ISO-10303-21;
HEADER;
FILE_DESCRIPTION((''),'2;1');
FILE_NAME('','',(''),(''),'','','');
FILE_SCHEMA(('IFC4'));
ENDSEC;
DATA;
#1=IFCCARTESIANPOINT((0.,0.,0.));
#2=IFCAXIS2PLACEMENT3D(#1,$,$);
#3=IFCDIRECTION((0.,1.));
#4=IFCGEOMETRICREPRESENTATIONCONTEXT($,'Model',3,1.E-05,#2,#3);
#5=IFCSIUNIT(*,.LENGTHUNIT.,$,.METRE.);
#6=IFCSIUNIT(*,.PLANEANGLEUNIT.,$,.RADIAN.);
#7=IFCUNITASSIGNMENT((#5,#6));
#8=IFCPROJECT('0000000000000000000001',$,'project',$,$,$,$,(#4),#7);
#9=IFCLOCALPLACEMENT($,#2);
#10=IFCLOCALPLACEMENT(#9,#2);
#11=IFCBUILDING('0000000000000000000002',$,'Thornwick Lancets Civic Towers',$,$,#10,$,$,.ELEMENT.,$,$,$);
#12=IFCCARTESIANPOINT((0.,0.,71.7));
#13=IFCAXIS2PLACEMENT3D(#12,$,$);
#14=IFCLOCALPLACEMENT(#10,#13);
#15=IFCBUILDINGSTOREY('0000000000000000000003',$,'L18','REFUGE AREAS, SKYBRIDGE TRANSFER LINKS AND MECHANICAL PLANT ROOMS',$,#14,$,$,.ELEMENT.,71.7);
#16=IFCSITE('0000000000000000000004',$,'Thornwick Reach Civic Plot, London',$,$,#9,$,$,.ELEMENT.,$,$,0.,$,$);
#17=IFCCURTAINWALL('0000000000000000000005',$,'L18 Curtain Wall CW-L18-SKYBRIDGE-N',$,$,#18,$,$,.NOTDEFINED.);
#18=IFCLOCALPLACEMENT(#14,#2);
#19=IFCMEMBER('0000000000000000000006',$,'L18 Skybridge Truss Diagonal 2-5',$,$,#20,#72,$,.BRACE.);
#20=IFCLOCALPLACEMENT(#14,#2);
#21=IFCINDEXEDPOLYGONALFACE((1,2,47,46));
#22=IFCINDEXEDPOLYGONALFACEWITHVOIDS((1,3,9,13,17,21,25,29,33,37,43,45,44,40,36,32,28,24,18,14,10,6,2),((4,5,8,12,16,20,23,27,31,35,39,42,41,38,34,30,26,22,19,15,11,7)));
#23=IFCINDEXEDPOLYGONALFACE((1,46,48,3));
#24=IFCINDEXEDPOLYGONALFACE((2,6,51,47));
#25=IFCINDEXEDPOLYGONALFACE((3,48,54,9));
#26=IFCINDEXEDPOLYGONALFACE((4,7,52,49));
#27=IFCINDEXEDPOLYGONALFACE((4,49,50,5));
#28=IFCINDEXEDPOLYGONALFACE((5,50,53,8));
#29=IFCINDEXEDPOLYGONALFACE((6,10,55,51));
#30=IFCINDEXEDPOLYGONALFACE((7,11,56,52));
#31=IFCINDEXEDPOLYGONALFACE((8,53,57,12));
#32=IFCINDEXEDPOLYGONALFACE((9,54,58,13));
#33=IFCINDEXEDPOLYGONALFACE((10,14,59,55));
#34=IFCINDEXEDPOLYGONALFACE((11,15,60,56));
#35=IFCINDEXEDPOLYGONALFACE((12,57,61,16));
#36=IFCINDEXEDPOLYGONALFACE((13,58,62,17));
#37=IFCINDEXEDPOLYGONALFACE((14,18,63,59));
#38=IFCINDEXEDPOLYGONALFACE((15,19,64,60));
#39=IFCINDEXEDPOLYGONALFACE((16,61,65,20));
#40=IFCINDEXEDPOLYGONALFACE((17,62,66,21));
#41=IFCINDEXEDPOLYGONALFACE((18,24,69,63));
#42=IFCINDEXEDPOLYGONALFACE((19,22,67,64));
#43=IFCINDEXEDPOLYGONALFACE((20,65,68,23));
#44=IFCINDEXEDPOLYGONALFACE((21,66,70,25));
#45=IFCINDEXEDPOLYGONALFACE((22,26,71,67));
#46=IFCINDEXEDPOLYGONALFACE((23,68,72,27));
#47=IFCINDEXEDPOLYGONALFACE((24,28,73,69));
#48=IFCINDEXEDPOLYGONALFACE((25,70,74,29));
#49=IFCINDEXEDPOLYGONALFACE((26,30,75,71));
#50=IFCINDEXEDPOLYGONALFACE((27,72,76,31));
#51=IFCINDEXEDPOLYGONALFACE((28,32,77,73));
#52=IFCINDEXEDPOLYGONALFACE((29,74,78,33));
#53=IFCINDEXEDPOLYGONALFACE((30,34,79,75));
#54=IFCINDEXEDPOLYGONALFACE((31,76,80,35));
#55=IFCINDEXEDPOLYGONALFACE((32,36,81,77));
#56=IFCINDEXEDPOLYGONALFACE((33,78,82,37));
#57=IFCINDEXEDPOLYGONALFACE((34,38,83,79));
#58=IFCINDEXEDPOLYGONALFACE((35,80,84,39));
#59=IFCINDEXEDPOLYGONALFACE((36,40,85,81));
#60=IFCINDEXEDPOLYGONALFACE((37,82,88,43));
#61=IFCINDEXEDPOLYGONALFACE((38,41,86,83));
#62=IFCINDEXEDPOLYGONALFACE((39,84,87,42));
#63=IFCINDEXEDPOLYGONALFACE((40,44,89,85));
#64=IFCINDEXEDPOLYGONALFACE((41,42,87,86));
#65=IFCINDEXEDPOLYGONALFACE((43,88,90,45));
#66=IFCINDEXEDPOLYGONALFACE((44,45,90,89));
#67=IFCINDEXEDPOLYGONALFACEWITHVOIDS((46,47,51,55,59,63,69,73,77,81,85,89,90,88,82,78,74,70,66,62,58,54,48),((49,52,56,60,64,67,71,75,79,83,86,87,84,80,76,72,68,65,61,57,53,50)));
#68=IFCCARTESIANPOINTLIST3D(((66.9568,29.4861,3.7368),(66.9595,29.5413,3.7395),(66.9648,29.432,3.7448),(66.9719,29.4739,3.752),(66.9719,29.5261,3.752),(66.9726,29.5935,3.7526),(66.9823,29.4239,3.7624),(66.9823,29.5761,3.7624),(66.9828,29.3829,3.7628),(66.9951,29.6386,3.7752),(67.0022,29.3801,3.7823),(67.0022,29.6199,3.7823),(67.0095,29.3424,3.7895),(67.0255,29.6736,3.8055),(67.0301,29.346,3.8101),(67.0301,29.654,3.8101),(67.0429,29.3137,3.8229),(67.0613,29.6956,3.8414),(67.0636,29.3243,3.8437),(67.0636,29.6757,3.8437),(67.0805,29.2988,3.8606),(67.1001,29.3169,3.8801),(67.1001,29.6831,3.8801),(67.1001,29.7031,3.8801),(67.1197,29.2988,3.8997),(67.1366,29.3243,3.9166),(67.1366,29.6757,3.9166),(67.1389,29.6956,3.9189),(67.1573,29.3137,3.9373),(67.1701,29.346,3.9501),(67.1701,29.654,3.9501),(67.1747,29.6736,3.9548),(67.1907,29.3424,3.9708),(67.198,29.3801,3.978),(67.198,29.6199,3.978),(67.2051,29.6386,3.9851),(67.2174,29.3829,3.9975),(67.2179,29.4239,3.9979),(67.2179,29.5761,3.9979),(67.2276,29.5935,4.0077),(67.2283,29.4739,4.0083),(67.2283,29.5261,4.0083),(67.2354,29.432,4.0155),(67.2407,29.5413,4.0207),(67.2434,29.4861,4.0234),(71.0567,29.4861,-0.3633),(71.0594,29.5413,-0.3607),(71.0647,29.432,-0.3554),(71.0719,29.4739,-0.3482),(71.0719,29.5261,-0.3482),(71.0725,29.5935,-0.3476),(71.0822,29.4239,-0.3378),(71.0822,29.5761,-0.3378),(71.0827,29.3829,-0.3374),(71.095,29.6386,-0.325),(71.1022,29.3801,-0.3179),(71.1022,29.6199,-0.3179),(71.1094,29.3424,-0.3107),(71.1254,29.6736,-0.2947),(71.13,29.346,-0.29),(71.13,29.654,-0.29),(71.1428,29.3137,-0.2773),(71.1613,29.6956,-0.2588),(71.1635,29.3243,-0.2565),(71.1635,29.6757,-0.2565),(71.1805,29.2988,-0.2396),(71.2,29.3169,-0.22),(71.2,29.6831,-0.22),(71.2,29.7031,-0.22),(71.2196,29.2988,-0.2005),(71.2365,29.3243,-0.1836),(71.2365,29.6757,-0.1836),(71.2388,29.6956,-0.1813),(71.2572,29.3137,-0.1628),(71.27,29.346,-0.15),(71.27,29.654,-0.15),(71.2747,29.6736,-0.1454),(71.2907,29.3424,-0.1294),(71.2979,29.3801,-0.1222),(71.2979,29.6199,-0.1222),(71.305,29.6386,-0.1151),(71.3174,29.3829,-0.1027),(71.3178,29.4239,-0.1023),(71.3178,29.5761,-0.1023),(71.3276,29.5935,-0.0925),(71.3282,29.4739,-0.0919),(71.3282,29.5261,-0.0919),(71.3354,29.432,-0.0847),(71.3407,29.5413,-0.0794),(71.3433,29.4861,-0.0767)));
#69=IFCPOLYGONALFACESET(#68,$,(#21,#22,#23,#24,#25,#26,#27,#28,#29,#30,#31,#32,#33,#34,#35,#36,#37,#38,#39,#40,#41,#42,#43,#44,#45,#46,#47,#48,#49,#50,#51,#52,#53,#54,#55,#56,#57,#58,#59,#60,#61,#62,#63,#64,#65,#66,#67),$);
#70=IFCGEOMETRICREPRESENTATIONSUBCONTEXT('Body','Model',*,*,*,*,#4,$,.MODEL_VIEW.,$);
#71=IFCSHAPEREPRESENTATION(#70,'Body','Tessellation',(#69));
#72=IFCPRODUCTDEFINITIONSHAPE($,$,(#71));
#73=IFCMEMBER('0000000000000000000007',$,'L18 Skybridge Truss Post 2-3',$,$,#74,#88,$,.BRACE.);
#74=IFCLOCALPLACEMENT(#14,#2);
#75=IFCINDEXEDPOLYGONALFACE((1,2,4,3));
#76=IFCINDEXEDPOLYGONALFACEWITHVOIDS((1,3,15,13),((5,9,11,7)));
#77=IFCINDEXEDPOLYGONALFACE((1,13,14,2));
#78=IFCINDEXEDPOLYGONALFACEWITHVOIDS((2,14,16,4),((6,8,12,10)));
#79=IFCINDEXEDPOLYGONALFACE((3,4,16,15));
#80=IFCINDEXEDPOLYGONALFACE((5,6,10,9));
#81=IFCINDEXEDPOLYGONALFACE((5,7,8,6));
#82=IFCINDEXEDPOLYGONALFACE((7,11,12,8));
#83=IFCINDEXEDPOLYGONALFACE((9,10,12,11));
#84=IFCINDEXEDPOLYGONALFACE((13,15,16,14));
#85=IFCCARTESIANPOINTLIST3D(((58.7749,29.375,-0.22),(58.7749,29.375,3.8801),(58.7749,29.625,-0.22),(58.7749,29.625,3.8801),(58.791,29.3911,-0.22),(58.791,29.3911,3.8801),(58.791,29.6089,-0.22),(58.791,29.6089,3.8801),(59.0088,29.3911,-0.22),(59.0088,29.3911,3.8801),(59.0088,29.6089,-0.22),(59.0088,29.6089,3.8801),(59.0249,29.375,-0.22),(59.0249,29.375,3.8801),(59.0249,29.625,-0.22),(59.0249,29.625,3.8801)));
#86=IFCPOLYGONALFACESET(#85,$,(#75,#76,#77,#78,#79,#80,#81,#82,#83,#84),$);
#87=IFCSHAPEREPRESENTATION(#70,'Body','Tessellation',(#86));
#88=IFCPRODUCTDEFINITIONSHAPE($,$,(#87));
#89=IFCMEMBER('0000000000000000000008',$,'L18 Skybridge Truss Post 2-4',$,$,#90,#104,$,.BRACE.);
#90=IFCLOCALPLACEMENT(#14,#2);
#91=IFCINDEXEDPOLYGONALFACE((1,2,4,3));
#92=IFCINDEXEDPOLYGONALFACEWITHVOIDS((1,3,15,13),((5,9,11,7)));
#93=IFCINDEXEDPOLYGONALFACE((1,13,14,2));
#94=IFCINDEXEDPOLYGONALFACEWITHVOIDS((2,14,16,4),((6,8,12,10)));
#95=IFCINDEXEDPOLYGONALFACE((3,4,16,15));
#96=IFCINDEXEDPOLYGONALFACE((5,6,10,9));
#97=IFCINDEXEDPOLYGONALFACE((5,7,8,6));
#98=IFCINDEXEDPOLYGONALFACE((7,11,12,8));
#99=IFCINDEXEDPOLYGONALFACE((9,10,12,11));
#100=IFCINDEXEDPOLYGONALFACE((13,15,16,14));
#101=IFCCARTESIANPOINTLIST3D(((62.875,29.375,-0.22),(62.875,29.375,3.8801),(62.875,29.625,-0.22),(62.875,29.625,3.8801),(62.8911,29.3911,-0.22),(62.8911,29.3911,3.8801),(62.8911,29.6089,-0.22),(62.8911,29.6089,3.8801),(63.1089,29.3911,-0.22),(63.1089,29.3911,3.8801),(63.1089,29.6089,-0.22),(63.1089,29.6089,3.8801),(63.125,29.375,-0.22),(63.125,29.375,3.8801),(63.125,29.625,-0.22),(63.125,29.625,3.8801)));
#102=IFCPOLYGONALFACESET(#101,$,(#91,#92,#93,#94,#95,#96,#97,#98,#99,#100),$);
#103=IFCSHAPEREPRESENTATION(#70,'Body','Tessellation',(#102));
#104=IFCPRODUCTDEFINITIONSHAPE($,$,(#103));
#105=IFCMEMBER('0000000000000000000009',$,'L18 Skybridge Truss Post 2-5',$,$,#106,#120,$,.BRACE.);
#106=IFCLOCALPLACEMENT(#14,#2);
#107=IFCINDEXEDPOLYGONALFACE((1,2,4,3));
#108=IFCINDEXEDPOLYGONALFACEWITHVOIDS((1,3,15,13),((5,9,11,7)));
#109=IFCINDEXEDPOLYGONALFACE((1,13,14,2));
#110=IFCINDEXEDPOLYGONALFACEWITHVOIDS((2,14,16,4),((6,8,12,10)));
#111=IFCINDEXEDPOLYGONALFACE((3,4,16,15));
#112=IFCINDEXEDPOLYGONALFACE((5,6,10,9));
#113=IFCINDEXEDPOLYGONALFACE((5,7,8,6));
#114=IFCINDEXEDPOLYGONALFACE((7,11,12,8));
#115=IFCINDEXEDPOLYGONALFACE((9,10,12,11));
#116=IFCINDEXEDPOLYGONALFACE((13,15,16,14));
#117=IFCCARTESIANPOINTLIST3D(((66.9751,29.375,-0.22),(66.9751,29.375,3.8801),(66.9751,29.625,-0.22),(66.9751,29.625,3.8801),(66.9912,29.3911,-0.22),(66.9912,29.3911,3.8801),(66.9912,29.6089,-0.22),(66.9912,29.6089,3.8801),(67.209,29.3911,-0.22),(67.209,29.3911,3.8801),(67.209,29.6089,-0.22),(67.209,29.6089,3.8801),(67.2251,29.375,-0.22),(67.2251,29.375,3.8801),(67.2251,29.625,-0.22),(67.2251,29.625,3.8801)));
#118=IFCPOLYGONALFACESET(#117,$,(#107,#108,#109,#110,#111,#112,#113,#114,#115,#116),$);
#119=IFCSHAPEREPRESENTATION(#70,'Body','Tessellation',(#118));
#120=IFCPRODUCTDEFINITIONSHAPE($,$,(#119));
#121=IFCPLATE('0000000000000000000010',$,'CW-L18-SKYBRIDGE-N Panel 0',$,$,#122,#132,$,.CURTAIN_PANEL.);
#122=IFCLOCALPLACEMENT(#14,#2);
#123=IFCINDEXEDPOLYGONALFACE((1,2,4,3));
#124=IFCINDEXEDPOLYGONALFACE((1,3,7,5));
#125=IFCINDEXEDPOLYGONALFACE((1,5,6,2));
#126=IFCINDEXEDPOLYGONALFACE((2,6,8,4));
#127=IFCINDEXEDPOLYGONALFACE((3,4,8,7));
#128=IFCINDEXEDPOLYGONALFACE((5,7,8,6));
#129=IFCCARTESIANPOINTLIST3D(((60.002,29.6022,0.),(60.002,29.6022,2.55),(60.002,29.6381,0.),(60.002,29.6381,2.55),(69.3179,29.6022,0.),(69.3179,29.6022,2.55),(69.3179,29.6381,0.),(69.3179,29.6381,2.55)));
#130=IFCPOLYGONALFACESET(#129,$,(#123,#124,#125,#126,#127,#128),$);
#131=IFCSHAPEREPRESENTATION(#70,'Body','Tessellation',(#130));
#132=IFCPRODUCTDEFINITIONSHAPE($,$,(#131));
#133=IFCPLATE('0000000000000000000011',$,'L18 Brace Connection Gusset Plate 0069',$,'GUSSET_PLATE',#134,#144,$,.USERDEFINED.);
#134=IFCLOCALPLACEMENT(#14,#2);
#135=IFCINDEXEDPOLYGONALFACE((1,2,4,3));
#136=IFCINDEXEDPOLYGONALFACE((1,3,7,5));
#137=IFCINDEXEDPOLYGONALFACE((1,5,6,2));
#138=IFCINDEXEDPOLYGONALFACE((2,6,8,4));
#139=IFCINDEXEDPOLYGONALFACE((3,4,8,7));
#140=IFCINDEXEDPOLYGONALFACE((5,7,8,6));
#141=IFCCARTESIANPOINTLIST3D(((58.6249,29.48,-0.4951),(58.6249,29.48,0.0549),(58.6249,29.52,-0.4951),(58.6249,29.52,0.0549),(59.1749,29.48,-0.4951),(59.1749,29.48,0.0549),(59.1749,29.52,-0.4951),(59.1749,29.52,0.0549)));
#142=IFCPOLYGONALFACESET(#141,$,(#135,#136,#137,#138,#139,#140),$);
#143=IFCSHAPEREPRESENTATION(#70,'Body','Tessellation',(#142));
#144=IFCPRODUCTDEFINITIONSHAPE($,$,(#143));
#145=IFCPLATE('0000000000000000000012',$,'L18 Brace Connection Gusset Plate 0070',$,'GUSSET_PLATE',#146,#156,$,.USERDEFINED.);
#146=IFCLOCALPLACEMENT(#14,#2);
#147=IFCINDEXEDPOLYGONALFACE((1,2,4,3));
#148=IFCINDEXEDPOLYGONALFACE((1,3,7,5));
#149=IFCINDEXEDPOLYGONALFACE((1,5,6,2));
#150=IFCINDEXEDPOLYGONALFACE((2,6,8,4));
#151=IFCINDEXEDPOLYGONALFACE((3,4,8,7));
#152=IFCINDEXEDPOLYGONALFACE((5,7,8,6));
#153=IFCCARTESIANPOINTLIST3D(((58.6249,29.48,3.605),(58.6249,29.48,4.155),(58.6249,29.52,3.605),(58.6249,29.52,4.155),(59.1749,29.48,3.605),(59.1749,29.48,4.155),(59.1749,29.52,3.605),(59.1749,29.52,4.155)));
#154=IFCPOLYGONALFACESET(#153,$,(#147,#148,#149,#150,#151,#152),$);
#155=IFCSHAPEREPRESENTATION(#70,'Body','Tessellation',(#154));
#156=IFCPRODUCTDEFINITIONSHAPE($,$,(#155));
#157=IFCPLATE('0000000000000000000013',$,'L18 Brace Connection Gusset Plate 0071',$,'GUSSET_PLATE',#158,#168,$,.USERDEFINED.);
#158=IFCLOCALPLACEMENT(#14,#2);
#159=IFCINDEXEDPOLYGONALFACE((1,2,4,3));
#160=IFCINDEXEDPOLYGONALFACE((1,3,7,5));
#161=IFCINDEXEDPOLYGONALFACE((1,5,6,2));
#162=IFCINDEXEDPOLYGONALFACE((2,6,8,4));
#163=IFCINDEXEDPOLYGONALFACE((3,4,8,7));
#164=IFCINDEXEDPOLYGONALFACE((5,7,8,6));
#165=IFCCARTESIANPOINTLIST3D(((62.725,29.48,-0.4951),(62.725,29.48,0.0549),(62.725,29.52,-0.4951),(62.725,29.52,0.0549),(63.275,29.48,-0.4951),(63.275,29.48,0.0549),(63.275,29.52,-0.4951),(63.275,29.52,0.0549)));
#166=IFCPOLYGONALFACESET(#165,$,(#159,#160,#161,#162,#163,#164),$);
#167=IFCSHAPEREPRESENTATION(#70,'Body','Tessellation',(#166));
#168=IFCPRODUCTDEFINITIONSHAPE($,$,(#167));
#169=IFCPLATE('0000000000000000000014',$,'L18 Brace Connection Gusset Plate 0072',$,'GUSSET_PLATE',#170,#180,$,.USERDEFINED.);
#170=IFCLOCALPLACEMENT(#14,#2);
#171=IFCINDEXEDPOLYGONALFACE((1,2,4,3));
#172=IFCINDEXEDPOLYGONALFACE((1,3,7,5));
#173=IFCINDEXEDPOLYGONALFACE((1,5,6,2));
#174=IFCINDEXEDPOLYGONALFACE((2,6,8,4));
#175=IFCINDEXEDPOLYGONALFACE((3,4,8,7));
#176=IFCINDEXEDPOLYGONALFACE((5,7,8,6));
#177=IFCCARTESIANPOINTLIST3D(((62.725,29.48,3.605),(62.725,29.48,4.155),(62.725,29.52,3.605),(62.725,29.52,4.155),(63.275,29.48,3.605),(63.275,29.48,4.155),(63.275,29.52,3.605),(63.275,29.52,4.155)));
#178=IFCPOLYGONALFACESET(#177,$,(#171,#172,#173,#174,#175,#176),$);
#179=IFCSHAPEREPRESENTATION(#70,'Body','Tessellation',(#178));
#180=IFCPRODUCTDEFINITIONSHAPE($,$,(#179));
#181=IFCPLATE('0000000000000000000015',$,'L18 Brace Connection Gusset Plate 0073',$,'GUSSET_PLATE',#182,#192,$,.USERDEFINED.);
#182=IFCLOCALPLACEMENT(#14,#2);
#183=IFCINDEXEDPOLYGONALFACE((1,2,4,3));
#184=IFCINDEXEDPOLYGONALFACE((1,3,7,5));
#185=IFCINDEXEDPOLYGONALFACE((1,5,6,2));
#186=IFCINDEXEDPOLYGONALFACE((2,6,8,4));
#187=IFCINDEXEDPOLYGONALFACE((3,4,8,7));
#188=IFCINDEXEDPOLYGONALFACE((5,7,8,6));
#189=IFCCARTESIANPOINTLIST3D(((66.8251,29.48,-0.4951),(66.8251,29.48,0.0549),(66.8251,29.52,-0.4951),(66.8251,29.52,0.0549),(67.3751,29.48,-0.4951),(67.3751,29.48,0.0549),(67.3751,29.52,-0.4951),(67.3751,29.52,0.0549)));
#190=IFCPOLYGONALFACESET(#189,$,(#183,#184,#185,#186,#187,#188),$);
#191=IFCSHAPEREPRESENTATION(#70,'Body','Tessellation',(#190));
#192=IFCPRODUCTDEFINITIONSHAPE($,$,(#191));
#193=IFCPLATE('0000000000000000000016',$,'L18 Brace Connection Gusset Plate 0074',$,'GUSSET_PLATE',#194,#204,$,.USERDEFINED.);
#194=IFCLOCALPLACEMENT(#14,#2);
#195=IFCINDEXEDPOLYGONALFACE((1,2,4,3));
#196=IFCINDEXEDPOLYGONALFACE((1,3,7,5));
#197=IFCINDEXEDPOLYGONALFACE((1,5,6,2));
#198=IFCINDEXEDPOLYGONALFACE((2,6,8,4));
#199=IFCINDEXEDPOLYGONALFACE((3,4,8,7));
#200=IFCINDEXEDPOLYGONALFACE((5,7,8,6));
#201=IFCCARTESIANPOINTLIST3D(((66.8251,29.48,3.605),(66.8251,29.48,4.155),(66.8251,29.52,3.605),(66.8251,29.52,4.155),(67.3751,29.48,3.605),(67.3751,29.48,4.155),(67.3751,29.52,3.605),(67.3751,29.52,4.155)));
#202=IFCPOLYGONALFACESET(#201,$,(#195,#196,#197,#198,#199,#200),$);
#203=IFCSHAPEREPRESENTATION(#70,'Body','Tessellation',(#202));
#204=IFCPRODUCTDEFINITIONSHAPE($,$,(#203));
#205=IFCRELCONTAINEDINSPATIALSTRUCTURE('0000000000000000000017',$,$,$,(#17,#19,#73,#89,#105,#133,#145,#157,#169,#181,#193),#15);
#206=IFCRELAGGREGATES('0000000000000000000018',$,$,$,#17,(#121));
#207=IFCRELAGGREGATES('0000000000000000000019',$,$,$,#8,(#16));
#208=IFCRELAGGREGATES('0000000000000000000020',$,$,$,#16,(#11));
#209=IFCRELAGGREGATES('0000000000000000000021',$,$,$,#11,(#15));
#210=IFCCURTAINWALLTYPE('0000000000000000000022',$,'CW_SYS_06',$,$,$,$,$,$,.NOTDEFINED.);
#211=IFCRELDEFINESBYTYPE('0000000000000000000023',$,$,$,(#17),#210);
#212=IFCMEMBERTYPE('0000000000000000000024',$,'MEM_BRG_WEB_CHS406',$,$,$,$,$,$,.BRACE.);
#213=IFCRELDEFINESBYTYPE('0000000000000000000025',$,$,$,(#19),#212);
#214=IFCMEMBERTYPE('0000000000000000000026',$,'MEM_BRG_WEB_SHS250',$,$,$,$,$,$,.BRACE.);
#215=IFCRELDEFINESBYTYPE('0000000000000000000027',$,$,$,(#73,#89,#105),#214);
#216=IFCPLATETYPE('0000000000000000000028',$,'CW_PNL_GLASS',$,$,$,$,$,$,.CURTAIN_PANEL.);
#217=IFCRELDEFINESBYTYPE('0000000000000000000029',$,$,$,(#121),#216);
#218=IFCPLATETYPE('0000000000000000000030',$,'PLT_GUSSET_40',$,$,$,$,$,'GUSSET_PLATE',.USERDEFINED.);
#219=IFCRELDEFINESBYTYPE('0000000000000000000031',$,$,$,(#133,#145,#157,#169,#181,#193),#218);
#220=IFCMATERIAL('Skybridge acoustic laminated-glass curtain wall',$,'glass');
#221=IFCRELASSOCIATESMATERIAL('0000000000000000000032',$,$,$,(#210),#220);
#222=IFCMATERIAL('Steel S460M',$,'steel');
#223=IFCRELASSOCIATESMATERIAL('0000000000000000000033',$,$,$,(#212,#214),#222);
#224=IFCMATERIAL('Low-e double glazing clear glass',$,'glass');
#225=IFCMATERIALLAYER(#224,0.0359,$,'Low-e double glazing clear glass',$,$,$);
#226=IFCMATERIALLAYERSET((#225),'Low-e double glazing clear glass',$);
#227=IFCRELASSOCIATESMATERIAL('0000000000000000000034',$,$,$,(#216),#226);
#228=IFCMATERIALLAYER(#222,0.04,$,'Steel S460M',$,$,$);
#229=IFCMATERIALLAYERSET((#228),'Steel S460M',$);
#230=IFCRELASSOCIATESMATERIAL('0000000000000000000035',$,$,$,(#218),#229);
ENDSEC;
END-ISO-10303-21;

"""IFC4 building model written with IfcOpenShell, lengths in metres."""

from ifc_helpers import new_model, si_unit, direction, frame, origin, origin_2d, place, context, subcontext, project, spatial, rectangle, hollow_rectangle, hollow_circle, extrude, material, layer, layer_set, material_profile, profile_set, type_object, element, aggregate, save


model = new_model("IFC4")

# Units and contexts
model_context = context("Model", 3, precision=1e-05, world=origin(), true_north=direction((0.0, 1.0)))
body_context = subcontext(model_context, "Body", "Model", "MODEL_VIEW")
ifc_project = project(units=[si_unit("LENGTHUNIT", "METRE"), si_unit("PLANEANGLEUNIT", "RADIAN")], contexts=[model_context])

# Site, building, storey
site_placement = place(None, origin())
site = spatial("IfcSite", under=ifc_project, at=site_placement, Name="Thornwick Reach Civic Plot, London", CompositionType="ELEMENT", RefElevation=0.0)
building_placement = place(site_placement, origin())
building = spatial("IfcBuilding", under=site, at=building_placement, Name="Thornwick Lancets Civic Towers", CompositionType="ELEMENT")
storey_placement = place(building_placement, frame((0.0, 0.0, 71.7)))
storey = spatial("IfcBuildingStorey", under=building, at=storey_placement, Name="L18", Description="REFUGE AREAS, SKYBRIDGE TRANSFER LINKS AND MECHANICAL PLANT ROOMS", CompositionType="ELEMENT", Elevation=71.7)

# Curtain wall
ifc_material_1 = material(Name="Skybridge acoustic laminated-glass curtain wall", Category="glass")
curtain_wall_type = type_object("IfcCurtainWallType", Name="CW_SYS_06", PredefinedType="NOTDEFINED", material=ifc_material_1)
curtain_wall_placement = place(storey_placement, origin())
curtain_wall = element("IfcCurtainWall", 1, at=curtain_wall_placement, inside=storey, type_object=curtain_wall_type, Name="L18 Curtain Wall CW-L18-SKYBRIDGE-N", PredefinedType="NOTDEFINED")

# Members
ifc_material_2 = material(Name="Steel S460M", Category="steel")
ifc_material_profile_1 = material_profile(ifc_material_2, hollow_circle(Radius=0.2031, WallThickness=0.02, at=origin_2d()), Name="CHS 406.4x20")
ifc_profile_set_1 = profile_set([ifc_material_profile_1], Name="Steel S460M")
member_type_1 = type_object("IfcMemberType", Name="MEM_BRG_WEB_CHS406", PredefinedType="BRACE", material=ifc_profile_set_1)
for number, where, z_axis, x_axis, name in (
    (2, (67.1001, 29.5, 3.8801), (0.707086, 0.0, -0.707128), (0.0, 1.0, 0.0), "L18 Skybridge Truss Diagonal 2-5"),
):
    element("IfcMember", number, at=place(storey_placement, frame(where, z_axis=z_axis, x_axis=x_axis)), inside=storey, type_object=member_type_1, Name=name, PredefinedType="BRACE", context=body_context, shape_type="SweptSolid", body=[
        extrude(hollow_circle(Radius=0.2031, WallThickness=0.02, at=origin_2d()), origin(), (0.0, 0.0, 1.0), 5.7983),
    ])
ifc_material_profile_2 = material_profile(ifc_material_2, hollow_rectangle(XDim=0.25, YDim=0.25, WallThickness=0.0161, at=origin_2d()), Name="SHS 250x250x16")
ifc_profile_set_2 = profile_set([ifc_material_profile_2], Name="Steel S460M")
member_type_2 = type_object("IfcMemberType", Name="MEM_BRG_WEB_SHS250", PredefinedType="BRACE", material=ifc_profile_set_2)
for number, where, z_axis, x_axis, name in (
    (3, (58.8999, 29.5, -0.22), (0.0, 0.0, 1.0), (1.0, 0.0, 0.0), "L18 Skybridge Truss Post 2-3"),
    (4, (63.0, 29.5, -0.22), (0.0, 0.0, 1.0), (1.0, 0.0, 0.0), "L18 Skybridge Truss Post 2-4"),
    (5, (67.1001, 29.5, -0.22), (0.0, 0.0, 1.0), (1.0, 0.0, 0.0), "L18 Skybridge Truss Post 2-5"),
):
    element("IfcMember", number, at=place(storey_placement, frame(where, z_axis=z_axis, x_axis=x_axis)), inside=storey, type_object=member_type_2, Name=name, PredefinedType="BRACE", context=body_context, shape_type="SweptSolid", body=[
        extrude(hollow_rectangle(XDim=0.25, YDim=0.25, WallThickness=0.0161, at=origin_2d()), origin(), (0.0, 0.0, 1.0), 4.1001),
    ])

# Plate
ifc_material_3 = material(Name="Low-e double glazing clear glass", Category="glass")
ifc_layer_1 = layer(ifc_material_3, 0.0359, Name="Low-e double glazing clear glass")
ifc_layer_set_1 = layer_set([ifc_layer_1], Name="Low-e double glazing clear glass")
plate_type_1 = type_object("IfcPlateType", Name="CW_PNL_GLASS", PredefinedType="CURTAIN_PANEL", material=ifc_layer_set_1)
plate_placement = place(storey_placement, frame((64.6599, 29.6201, 0.0), z_axis=(0.0, 0.0, 1.0), x_axis=(-1.0, 0.0, 0.0)))
plate = element("IfcPlate", 6, at=plate_placement, type_object=plate_type_1, Name="CW-L18-SKYBRIDGE-N Panel 0", PredefinedType="CURTAIN_PANEL", context=body_context, shape_type="SweptSolid", body=[
    extrude(rectangle(XDim=9.3159, YDim=0.0359, at=origin_2d()), origin(), (0.0, 0.0, 1.0), 2.55),
])
aggregate(curtain_wall, [plate])

# Plates
ifc_layer_2 = layer(ifc_material_2, 0.04, Name="Steel S460M")
ifc_layer_set_2 = layer_set([ifc_layer_2], Name="Steel S460M")
plate_type_2 = type_object("IfcPlateType", Name="PLT_GUSSET_40", ElementType="GUSSET_PLATE", PredefinedType="USERDEFINED", material=ifc_layer_set_2)
for number, where, z_axis, x_axis, name in (
    (7, (58.8999, 29.5, -0.4951), (0.0, 0.0, 1.0), (1.0, 0.0, 0.0), "L18 Brace Connection Gusset Plate 0069"),
    (8, (58.8999, 29.5, 3.605), (0.0, 0.0, 1.0), (1.0, 0.0, 0.0), "L18 Brace Connection Gusset Plate 0070"),
    (9, (63.0, 29.5, -0.4951), (0.0, 0.0, 1.0), (1.0, 0.0, 0.0), "L18 Brace Connection Gusset Plate 0071"),
    (10, (63.0, 29.5, 3.605), (0.0, 0.0, 1.0), (1.0, 0.0, 0.0), "L18 Brace Connection Gusset Plate 0072"),
    (11, (67.1001, 29.5, -0.4951), (0.0, 0.0, 1.0), (1.0, 0.0, 0.0), "L18 Brace Connection Gusset Plate 0073"),
    (12, (67.1001, 29.5, 3.605), (0.0, 0.0, 1.0), (1.0, 0.0, 0.0), "L18 Brace Connection Gusset Plate 0074"),
):
    element("IfcPlate", number, at=place(storey_placement, frame(where, z_axis=z_axis, x_axis=x_axis)), inside=storey, type_object=plate_type_2, Name=name, ObjectType="GUSSET_PLATE", PredefinedType="USERDEFINED", context=body_context, shape_type="SweptSolid", body=[
        extrude(rectangle(XDim=0.55, YDim=0.04, at=origin_2d()), origin(), (0.0, 0.0, 1.0), 0.55),
    ])

save(model, "model.ifc")
